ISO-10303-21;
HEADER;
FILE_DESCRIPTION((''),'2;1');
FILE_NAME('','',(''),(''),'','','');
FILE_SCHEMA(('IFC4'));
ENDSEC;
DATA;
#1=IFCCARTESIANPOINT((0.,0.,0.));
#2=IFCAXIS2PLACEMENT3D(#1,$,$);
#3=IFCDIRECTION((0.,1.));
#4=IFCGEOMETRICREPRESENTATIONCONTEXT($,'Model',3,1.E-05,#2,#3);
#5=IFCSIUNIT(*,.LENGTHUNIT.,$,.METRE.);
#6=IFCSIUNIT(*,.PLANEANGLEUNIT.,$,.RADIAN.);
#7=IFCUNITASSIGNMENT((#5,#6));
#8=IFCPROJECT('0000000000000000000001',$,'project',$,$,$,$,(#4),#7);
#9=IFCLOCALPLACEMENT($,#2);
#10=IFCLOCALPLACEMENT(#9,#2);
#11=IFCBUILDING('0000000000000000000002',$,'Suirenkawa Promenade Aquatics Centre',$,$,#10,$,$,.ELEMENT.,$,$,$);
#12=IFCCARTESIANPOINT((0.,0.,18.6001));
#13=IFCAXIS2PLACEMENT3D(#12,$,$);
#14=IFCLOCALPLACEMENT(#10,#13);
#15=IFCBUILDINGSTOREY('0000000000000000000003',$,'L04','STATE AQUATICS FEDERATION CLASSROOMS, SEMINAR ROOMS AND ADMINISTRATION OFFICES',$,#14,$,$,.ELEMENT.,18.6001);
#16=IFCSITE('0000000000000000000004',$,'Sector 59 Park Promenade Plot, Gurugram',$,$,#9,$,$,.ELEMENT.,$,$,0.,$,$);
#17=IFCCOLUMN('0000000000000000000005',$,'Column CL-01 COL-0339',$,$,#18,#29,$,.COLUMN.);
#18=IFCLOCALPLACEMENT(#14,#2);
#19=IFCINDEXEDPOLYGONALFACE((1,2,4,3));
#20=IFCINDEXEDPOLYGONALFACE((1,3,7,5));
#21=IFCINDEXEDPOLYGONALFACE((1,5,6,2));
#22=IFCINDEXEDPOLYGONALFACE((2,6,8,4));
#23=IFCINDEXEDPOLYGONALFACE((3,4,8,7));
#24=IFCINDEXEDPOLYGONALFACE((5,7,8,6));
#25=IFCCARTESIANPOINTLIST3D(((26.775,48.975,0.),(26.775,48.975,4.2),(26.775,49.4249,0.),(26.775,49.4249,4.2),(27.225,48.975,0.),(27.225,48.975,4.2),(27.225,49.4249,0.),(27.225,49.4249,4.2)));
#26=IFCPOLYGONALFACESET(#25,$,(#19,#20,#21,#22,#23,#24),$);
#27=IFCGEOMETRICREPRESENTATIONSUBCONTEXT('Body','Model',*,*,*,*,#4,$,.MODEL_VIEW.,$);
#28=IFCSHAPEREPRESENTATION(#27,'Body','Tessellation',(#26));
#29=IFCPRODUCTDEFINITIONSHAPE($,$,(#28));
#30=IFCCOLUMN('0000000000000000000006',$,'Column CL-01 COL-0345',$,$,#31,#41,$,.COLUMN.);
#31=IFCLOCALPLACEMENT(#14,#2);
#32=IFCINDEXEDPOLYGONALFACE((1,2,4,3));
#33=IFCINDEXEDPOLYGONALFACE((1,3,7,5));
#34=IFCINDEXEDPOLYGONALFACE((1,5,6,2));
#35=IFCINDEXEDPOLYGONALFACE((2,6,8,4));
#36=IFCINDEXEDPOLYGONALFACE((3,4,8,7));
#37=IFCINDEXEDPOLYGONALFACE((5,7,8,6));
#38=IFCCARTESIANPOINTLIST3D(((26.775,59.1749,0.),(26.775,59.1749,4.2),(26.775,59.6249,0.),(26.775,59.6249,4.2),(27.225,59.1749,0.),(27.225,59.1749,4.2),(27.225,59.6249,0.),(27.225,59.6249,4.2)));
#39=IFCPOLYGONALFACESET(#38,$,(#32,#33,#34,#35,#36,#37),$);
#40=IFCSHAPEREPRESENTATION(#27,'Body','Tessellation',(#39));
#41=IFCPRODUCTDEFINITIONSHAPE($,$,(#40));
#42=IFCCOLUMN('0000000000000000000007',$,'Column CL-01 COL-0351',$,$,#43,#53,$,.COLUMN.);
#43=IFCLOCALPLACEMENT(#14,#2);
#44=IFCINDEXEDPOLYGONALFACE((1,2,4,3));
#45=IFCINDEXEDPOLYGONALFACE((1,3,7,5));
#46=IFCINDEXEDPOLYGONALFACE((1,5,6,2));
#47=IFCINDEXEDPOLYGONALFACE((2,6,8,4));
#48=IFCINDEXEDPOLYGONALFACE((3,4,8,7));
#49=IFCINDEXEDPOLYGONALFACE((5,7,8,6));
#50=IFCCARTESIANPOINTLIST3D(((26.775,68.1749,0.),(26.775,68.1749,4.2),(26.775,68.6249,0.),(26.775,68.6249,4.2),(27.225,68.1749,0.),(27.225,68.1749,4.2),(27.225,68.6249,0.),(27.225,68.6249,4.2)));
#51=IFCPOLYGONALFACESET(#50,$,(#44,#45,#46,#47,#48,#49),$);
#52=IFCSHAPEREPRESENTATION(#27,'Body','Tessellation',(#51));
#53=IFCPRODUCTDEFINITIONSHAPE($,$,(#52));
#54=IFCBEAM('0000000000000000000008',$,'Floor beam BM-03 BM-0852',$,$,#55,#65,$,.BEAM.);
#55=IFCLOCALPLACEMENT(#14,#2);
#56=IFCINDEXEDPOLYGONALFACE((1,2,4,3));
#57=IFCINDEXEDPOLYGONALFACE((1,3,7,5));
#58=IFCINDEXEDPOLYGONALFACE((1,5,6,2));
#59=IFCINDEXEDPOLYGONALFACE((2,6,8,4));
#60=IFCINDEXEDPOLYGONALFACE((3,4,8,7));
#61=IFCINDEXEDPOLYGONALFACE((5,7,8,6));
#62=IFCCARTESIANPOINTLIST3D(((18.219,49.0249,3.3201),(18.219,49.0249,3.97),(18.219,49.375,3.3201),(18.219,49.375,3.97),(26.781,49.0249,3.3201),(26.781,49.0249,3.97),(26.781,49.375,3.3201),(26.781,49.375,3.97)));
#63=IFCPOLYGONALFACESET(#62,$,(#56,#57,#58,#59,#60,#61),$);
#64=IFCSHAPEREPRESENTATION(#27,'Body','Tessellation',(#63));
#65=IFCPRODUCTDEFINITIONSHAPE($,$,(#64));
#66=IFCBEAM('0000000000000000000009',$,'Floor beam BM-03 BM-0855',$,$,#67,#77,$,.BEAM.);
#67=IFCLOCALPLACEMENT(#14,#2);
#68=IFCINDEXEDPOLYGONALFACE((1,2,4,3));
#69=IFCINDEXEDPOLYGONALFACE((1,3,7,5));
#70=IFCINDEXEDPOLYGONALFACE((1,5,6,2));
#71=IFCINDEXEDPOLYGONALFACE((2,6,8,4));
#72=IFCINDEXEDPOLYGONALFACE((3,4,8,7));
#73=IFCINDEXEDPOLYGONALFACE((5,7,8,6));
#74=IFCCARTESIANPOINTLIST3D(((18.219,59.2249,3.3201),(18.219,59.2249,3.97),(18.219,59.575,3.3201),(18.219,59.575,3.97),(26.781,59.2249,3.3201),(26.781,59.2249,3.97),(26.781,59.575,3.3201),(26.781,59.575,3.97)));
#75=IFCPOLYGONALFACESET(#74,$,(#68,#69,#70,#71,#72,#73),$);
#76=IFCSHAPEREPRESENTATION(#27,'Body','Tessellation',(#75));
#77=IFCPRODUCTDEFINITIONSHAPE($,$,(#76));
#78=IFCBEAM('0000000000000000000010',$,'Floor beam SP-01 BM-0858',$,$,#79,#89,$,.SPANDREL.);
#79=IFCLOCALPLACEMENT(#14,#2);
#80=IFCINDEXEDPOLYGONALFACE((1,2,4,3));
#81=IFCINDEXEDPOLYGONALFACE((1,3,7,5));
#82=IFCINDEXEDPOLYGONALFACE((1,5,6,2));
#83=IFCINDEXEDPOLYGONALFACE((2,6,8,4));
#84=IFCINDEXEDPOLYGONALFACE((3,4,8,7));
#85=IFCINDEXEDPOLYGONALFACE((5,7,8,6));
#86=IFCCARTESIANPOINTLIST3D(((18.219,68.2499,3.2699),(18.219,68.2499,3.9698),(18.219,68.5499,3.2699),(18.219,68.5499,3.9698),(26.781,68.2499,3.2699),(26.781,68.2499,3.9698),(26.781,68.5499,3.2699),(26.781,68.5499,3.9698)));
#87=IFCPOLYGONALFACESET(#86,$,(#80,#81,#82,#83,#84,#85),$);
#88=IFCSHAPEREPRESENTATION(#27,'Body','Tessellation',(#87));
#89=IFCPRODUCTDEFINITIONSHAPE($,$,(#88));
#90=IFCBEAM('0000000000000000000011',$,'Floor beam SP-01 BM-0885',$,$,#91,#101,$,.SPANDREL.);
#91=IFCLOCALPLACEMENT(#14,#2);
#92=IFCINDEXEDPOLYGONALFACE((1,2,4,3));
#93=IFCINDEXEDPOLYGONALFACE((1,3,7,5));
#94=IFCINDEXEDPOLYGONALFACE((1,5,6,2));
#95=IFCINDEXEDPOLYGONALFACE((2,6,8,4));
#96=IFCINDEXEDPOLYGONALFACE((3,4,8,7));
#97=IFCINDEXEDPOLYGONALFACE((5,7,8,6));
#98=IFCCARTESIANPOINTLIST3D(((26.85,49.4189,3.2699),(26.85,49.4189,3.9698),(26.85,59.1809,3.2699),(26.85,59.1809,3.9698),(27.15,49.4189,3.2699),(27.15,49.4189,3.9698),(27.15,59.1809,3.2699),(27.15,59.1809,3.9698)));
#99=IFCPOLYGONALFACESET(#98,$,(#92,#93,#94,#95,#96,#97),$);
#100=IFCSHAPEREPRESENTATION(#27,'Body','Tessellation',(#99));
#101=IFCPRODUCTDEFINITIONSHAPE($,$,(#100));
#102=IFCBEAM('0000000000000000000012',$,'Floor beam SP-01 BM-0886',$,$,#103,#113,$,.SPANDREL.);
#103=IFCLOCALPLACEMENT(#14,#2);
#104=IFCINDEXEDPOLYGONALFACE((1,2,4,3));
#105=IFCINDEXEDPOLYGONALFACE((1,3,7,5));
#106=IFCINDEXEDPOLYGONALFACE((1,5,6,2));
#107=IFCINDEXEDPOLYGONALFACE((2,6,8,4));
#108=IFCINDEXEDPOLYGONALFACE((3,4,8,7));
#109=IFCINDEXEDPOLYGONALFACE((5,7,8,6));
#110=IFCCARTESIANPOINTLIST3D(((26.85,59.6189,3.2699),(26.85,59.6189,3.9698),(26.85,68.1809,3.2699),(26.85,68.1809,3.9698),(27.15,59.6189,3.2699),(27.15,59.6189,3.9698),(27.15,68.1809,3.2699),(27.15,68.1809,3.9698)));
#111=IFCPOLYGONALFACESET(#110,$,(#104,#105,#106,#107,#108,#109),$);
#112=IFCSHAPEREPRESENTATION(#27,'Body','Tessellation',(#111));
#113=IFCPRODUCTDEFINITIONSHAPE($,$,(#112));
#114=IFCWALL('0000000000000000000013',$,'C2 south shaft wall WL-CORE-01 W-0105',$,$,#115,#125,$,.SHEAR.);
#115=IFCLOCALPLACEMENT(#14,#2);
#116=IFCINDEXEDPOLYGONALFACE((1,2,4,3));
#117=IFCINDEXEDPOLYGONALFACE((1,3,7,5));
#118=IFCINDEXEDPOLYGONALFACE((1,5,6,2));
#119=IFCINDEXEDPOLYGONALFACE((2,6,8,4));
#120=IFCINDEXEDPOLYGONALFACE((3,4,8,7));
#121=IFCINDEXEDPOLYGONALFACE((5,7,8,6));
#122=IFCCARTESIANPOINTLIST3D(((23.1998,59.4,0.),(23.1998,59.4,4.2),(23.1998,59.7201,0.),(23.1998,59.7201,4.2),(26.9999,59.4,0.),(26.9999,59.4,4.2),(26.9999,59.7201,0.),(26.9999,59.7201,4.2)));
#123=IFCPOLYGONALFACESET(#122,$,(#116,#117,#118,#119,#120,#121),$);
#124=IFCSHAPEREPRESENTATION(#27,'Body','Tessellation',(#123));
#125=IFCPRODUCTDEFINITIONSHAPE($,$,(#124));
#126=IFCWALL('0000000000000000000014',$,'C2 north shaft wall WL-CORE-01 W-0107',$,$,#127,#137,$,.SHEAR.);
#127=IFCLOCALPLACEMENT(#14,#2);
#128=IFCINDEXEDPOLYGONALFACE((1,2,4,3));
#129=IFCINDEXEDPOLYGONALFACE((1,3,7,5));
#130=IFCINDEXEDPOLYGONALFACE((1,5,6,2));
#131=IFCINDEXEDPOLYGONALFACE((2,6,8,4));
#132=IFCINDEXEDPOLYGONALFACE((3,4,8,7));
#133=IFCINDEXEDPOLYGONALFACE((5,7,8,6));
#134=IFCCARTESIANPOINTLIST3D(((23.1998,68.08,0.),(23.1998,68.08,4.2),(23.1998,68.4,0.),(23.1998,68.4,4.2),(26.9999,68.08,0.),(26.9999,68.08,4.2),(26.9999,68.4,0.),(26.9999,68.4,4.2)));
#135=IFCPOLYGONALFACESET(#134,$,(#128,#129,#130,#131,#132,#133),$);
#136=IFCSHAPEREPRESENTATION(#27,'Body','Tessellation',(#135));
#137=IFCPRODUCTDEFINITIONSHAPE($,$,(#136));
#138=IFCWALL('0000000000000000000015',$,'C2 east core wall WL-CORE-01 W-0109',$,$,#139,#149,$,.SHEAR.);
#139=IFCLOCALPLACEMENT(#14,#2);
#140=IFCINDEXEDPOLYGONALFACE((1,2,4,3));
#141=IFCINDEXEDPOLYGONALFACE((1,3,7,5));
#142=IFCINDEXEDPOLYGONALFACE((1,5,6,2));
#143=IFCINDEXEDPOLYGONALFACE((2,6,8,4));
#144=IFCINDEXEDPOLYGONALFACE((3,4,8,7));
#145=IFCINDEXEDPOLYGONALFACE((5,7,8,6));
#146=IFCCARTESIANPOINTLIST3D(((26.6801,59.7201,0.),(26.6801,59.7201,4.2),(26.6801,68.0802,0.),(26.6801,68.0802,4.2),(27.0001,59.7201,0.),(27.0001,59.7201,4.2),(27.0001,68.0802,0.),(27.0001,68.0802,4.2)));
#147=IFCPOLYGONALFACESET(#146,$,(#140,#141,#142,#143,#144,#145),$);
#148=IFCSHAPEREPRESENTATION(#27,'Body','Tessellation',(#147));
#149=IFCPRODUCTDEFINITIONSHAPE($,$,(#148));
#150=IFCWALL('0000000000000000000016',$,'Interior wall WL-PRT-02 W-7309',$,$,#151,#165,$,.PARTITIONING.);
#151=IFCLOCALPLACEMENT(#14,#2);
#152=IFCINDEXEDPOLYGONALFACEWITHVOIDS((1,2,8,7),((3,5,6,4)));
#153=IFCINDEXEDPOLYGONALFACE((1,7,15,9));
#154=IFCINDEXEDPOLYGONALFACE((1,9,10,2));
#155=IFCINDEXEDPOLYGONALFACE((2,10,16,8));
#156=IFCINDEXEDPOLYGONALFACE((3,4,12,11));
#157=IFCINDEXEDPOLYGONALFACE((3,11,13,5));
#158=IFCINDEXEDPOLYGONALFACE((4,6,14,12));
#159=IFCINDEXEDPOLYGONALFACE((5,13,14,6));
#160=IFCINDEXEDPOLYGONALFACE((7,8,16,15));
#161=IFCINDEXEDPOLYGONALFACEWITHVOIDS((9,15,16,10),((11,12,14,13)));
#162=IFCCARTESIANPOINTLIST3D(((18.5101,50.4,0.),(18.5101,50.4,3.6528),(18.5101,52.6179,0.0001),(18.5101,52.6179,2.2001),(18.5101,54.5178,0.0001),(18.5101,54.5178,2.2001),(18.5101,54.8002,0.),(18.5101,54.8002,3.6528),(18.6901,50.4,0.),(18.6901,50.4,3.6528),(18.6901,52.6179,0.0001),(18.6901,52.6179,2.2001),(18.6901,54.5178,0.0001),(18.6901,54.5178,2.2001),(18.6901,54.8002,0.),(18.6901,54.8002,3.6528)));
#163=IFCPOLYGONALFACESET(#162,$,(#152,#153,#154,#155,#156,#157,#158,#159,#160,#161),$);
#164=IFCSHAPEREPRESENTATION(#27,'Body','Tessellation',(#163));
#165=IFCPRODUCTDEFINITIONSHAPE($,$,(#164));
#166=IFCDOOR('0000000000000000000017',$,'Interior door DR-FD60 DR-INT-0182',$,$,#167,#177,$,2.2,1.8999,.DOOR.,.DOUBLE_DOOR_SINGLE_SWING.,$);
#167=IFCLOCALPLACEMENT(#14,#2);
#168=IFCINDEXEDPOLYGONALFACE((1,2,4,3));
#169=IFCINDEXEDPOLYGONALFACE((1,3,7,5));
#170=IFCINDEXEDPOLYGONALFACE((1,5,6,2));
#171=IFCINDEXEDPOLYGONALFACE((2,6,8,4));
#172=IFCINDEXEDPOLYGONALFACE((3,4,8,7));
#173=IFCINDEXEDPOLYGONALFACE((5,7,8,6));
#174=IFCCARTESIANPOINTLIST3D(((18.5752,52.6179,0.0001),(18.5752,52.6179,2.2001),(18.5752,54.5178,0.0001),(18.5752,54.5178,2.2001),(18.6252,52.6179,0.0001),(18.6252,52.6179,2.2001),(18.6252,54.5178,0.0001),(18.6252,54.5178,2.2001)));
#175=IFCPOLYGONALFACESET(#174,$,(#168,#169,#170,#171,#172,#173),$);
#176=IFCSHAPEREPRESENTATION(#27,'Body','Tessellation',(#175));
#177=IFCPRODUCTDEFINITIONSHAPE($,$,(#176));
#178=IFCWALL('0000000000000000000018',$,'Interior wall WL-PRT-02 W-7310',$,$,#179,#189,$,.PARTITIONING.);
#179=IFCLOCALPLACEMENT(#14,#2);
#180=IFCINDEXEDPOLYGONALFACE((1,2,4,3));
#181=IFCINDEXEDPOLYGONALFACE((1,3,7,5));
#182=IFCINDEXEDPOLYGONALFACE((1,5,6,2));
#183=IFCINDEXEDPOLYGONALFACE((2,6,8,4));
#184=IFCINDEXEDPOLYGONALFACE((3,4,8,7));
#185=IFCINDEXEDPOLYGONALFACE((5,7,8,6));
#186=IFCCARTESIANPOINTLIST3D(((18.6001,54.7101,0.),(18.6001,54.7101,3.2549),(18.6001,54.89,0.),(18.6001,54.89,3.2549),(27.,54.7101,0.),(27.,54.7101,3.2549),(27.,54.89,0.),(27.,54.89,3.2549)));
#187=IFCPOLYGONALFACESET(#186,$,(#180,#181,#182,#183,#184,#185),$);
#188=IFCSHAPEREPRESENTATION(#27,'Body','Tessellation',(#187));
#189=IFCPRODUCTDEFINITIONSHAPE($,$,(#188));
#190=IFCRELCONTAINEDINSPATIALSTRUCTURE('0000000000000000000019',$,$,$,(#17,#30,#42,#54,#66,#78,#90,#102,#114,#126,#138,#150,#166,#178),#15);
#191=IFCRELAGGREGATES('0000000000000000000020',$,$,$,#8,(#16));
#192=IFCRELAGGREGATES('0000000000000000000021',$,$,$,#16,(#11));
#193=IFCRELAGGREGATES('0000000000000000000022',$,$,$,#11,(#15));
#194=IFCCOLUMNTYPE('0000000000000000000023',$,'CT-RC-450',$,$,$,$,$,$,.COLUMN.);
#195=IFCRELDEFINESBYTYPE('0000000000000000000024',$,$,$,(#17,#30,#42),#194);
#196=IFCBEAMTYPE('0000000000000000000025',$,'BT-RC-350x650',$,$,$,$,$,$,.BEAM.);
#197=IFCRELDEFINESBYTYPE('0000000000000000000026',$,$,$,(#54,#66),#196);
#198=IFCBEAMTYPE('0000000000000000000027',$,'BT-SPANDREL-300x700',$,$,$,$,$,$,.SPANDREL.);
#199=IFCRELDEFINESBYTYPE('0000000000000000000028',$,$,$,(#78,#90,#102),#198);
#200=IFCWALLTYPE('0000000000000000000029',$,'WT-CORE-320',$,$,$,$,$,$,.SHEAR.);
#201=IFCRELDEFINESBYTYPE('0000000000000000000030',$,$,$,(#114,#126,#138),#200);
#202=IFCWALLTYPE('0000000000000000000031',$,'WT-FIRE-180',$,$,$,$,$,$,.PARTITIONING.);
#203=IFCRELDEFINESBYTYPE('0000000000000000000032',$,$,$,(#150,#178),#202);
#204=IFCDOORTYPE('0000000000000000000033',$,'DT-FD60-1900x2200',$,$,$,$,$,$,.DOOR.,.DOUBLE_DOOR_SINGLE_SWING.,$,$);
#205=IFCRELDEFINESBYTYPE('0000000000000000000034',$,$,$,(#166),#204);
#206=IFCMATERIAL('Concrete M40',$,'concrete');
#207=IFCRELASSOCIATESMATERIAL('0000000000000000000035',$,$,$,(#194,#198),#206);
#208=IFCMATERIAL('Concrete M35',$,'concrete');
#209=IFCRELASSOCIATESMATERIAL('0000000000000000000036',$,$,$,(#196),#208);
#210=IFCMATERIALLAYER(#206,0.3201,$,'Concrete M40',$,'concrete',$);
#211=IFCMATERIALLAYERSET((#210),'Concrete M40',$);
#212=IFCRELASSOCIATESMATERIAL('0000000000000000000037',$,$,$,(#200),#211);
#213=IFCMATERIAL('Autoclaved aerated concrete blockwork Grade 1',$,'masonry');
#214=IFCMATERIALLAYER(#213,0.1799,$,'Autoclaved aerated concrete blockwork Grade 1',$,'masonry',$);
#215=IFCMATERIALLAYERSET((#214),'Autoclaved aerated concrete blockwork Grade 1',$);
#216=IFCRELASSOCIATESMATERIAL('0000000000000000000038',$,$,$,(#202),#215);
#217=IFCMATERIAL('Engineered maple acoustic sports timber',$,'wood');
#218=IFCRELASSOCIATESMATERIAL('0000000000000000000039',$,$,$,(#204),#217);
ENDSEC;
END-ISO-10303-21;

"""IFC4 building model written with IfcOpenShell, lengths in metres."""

from ifc_helpers import new_model, si_unit, direction, frame, frame_2d, origin, origin_2d, place, context, subcontext, project, spatial, rectangle, extrude, material, layer, layer_set, material_profile, profile_set, type_object, element, fill, save


model = new_model("IFC4")

# Units and contexts
model_context = context("Model", 3, precision=1e-05, world=origin(), true_north=direction((0.0, 1.0)))
body_context = subcontext(model_context, "Body", "Model", "MODEL_VIEW")
ifc_project = project(units=[si_unit("LENGTHUNIT", "METRE"), si_unit("PLANEANGLEUNIT", "RADIAN")], contexts=[model_context])

# Site, building, storey
site_placement = place(None, origin())
site = spatial("IfcSite", under=ifc_project, at=site_placement, Name="Sector 59 Park Promenade Plot, Gurugram", CompositionType="ELEMENT", RefElevation=0.0)
building_placement = place(site_placement, origin())
building = spatial("IfcBuilding", under=site, at=building_placement, Name="Suirenkawa Promenade Aquatics Centre", CompositionType="ELEMENT")
storey_placement = place(building_placement, frame((0.0, 0.0, 18.6001)))
storey = spatial("IfcBuildingStorey", under=building, at=storey_placement, Name="L04", Description="STATE AQUATICS FEDERATION CLASSROOMS, SEMINAR ROOMS AND ADMINISTRATION OFFICES", CompositionType="ELEMENT", Elevation=18.6001)

# Columns
ifc_material_1 = material(Name="Concrete M40", Category="concrete")
ifc_material_profile_1 = material_profile(ifc_material_1, rectangle(XDim=0.45, YDim=0.45, at=origin_2d()), Name="RC COL 450x450", Category="concrete")
ifc_profile_set_1 = profile_set([ifc_material_profile_1], Name="Concrete M40")
column_type = type_object("IfcColumnType", Name="CT-RC-450", PredefinedType="COLUMN", material=ifc_profile_set_1)
for number, where, z_axis, x_axis, name in (
    (1, (27.0, 49.2, 0.0), (0.0, 0.0, 1.0), (1.0, 0.0, 0.0), "Column CL-01 COL-0339"),
    (2, (27.0, 59.3999, 0.0), (0.0, 0.0, 1.0), (1.0, 0.0, 0.0), "Column CL-01 COL-0345"),
    (3, (27.0, 68.3999, 0.0), (0.0, 0.0, 1.0), (1.0, 0.0, 0.0), "Column CL-01 COL-0351"),
):
    element("IfcColumn", number, at=place(storey_placement, frame(where, z_axis=z_axis, x_axis=x_axis)), inside=storey, type_object=column_type, Name=name, PredefinedType="COLUMN", context=body_context, shape_type="SweptSolid", body=[
        extrude(rectangle(XDim=0.45, YDim=0.45, at=origin_2d()), origin(), (0.0, 0.0, 1.0), 4.2),
    ])

# Beams
ifc_material_2 = material(Name="Concrete M35", Category="concrete")
ifc_material_profile_2 = material_profile(ifc_material_2, rectangle(XDim=0.3501, YDim=0.6499, at=origin_2d()), Name="RC BM 350x650", Category="concrete")
ifc_profile_set_2 = profile_set([ifc_material_profile_2], Name="Concrete M35")
beam_type_1 = type_object("IfcBeamType", Name="BT-RC-350x650", PredefinedType="BEAM", material=ifc_profile_set_2)
for number, where, z_axis, x_axis, name in (
    (4, (18.219, 49.2, 3.645), (1.0, 0.0, 0.0), (0.0, 1.0, 0.0), "Floor beam BM-03 BM-0852"),
    (5, (18.219, 59.3999, 3.645), (1.0, 0.0, 0.0), (0.0, 1.0, 0.0), "Floor beam BM-03 BM-0855"),
):
    element("IfcBeam", number, at=place(storey_placement, frame(where, z_axis=z_axis, x_axis=x_axis)), inside=storey, type_object=beam_type_1, Name=name, PredefinedType="BEAM", context=body_context, shape_type="SweptSolid", body=[
        extrude(rectangle(XDim=0.3501, YDim=0.6499, at=origin_2d()), origin(), (0.0, 0.0, 1.0), 8.562),
    ])
ifc_material_profile_3 = material_profile(ifc_material_1, rectangle(XDim=0.3, YDim=0.7, at=origin_2d()), Name="RC SPANDREL 300x700", Category="concrete")
ifc_profile_set_3 = profile_set([ifc_material_profile_3], Name="Concrete M40")
beam_type_2 = type_object("IfcBeamType", Name="BT-SPANDREL-300x700", PredefinedType="SPANDREL", material=ifc_profile_set_3)
beam_1_placement = place(storey_placement, frame((18.219, 68.3999, 3.6199), z_axis=(1.0, 0.0, 0.0), x_axis=(0.0, 1.0, 0.0)))
element("IfcBeam", 6, at=beam_1_placement, inside=storey, type_object=beam_type_2, Name="Floor beam SP-01 BM-0858", PredefinedType="SPANDREL", context=body_context, shape_type="SweptSolid", body=[
    extrude(rectangle(XDim=0.3, YDim=0.7, at=origin_2d()), origin(), (0.0, 0.0, 1.0), 8.562),
])
beam_2_placement = place(storey_placement, frame((27.0, 49.4189, 3.6199), z_axis=(0.0, 1.0, 0.0), x_axis=(-1.0, 0.0, 0.0)))
element("IfcBeam", 7, at=beam_2_placement, inside=storey, type_object=beam_type_2, Name="Floor beam SP-01 BM-0885", PredefinedType="SPANDREL", context=body_context, shape_type="SweptSolid", body=[
    extrude(rectangle(XDim=0.3, YDim=0.7, at=origin_2d()), origin(), (0.0, 0.0, 1.0), 9.762),
])
beam_3_placement = place(storey_placement, frame((27.0, 59.6189, 3.6199), z_axis=(0.0, 1.0, 0.0), x_axis=(-1.0, 0.0, 0.0)))
element("IfcBeam", 8, at=beam_3_placement, inside=storey, type_object=beam_type_2, Name="Floor beam SP-01 BM-0886", PredefinedType="SPANDREL", context=body_context, shape_type="SweptSolid", body=[
    extrude(rectangle(XDim=0.3, YDim=0.7, at=origin_2d()), origin(), (0.0, 0.0, 1.0), 8.562),
])

# Walls
ifc_layer_1 = layer(ifc_material_1, 0.3201, Name="Concrete M40", Category="concrete")
ifc_layer_set_1 = layer_set([ifc_layer_1], Name="Concrete M40")
wall_type_1 = type_object("IfcWallType", Name="WT-CORE-320", PredefinedType="SHEAR", material=ifc_layer_set_1)
for number, where, z_axis, x_axis, name in (
    (9, (23.2, 59.5601, 0.0), (0.0, 0.0, 1.0), (1.0, 0.0, 0.0), "C2 south shaft wall WL-CORE-01 W-0105"),
    (10, (23.2, 68.24, 0.0), (0.0, 0.0, 1.0), (1.0, 0.0, 0.0), "C2 north shaft wall WL-CORE-01 W-0107"),
):
    element("IfcWall", number, at=place(storey_placement, frame(where, z_axis=z_axis, x_axis=x_axis)), inside=storey, type_object=wall_type_1, Name=name, PredefinedType="SHEAR", context=body_context, shape_type="SweptSolid", body=[
        extrude(rectangle(XDim=3.8, YDim=0.3201, at=frame_2d((1.8999, 0.0))), origin(), (0.0, 0.0, 1.0), 4.2),
    ])
wall_1_placement = place(storey_placement, frame((26.8401, 59.72, 0.0), z_axis=(0.0, 0.0, 1.0), x_axis=(0.0, 1.0, 0.0)))
element("IfcWall", 11, at=wall_1_placement, inside=storey, type_object=wall_type_1, Name="C2 east core wall WL-CORE-01 W-0109", PredefinedType="SHEAR", context=body_context, shape_type="SweptSolid", body=[
    extrude(rectangle(XDim=8.3601, YDim=0.3201, at=frame_2d((4.1802, 0.0))), origin(), (0.0, 0.0, 1.0), 4.2),
])

# Wall, opening, door
ifc_material_3 = material(Name="Autoclaved aerated concrete blockwork Grade 1", Category="masonry")
ifc_layer_2 = layer(ifc_material_3, 0.1799, Name="Autoclaved aerated concrete blockwork Grade 1", Category="masonry")
ifc_layer_set_2 = layer_set([ifc_layer_2], Name="Autoclaved aerated concrete blockwork Grade 1")
wall_type_2 = type_object("IfcWallType", Name="WT-FIRE-180", PredefinedType="PARTITIONING", material=ifc_layer_set_2)
wall_2_placement = place(storey_placement, frame((18.6001, 50.3999, 0.0), z_axis=(0.0, 0.0, 1.0), x_axis=(0.0, 1.0, 0.0)))
wall_2 = element("IfcWall", 12, at=wall_2_placement, inside=storey, type_object=wall_type_2, Name="Interior wall WL-PRT-02 W-7309", PredefinedType="PARTITIONING", context=body_context, shape_type="SweptSolid", body=[
    extrude(rectangle(XDim=4.4001, YDim=0.1799, at=frame_2d((2.2002, 0.0))), origin(), (0.0, 0.0, 1.0), 3.6528),
])
opening_1_placement = place(wall_2_placement, frame((2.218, 0.0, 0.0)))
opening_1 = element("IfcOpeningElement", 13, at=opening_1_placement, cuts=wall_2, PredefinedType="OPENING", context=body_context, shape_type="SweptSolid", body=[
    extrude(rectangle(XDim=1.8999, YDim=2.2, at=frame_2d((0.95, 1.1001))), frame((0.0, 0.0999, 0.0), z_axis=(0.0, -1.0, 0.0), x_axis=(1.0, 0.0, 0.0)), (0.0, 0.0, 1.0), 0.2),
])
ifc_material_4 = material(Name="Engineered maple acoustic sports timber", Category="wood")
door_type_1 = type_object("IfcDoorType", Name="DT-FD60-1900x2200", OperationType="DOUBLE_DOOR_SINGLE_SWING", PredefinedType="DOOR", material=ifc_material_4)
door_1_placement = place(opening_1_placement, origin())
door_1 = element("IfcDoor", 14, at=door_1_placement, inside=storey, type_object=door_type_1, Name="Interior door DR-FD60 DR-INT-0182", OperationType="DOUBLE_DOOR_SINGLE_SWING", OverallHeight=2.2, OverallWidth=1.8999, PredefinedType="DOOR", context=body_context, shape_type="SweptSolid", body=[
    extrude(rectangle(XDim=1.8999, YDim=2.2, at=frame_2d((0.95, 1.1001))), frame((0.0, 0.0249, 0.0), z_axis=(0.0, -1.0, 0.0), x_axis=(1.0, 0.0, 0.0)), (0.0, 0.0, 1.0), 0.05),
])
fill(opening_1, door_1)

# Wall
wall_3_placement = place(storey_placement, frame((18.6001, 54.8, 0.0), z_axis=(0.0, 0.0, 1.0), x_axis=(1.0, 0.0, 0.0)))
element("IfcWall", 15, at=wall_3_placement, inside=storey, type_object=wall_type_2, Name="Interior wall WL-PRT-02 W-7310", PredefinedType="PARTITIONING", context=body_context, shape_type="SweptSolid", body=[
    extrude(rectangle(XDim=8.3999, YDim=0.1799, at=frame_2d((4.2, 0.0))), origin(), (0.0, 0.0, 1.0), 3.2549),
])

save(model, "model.ifc")
